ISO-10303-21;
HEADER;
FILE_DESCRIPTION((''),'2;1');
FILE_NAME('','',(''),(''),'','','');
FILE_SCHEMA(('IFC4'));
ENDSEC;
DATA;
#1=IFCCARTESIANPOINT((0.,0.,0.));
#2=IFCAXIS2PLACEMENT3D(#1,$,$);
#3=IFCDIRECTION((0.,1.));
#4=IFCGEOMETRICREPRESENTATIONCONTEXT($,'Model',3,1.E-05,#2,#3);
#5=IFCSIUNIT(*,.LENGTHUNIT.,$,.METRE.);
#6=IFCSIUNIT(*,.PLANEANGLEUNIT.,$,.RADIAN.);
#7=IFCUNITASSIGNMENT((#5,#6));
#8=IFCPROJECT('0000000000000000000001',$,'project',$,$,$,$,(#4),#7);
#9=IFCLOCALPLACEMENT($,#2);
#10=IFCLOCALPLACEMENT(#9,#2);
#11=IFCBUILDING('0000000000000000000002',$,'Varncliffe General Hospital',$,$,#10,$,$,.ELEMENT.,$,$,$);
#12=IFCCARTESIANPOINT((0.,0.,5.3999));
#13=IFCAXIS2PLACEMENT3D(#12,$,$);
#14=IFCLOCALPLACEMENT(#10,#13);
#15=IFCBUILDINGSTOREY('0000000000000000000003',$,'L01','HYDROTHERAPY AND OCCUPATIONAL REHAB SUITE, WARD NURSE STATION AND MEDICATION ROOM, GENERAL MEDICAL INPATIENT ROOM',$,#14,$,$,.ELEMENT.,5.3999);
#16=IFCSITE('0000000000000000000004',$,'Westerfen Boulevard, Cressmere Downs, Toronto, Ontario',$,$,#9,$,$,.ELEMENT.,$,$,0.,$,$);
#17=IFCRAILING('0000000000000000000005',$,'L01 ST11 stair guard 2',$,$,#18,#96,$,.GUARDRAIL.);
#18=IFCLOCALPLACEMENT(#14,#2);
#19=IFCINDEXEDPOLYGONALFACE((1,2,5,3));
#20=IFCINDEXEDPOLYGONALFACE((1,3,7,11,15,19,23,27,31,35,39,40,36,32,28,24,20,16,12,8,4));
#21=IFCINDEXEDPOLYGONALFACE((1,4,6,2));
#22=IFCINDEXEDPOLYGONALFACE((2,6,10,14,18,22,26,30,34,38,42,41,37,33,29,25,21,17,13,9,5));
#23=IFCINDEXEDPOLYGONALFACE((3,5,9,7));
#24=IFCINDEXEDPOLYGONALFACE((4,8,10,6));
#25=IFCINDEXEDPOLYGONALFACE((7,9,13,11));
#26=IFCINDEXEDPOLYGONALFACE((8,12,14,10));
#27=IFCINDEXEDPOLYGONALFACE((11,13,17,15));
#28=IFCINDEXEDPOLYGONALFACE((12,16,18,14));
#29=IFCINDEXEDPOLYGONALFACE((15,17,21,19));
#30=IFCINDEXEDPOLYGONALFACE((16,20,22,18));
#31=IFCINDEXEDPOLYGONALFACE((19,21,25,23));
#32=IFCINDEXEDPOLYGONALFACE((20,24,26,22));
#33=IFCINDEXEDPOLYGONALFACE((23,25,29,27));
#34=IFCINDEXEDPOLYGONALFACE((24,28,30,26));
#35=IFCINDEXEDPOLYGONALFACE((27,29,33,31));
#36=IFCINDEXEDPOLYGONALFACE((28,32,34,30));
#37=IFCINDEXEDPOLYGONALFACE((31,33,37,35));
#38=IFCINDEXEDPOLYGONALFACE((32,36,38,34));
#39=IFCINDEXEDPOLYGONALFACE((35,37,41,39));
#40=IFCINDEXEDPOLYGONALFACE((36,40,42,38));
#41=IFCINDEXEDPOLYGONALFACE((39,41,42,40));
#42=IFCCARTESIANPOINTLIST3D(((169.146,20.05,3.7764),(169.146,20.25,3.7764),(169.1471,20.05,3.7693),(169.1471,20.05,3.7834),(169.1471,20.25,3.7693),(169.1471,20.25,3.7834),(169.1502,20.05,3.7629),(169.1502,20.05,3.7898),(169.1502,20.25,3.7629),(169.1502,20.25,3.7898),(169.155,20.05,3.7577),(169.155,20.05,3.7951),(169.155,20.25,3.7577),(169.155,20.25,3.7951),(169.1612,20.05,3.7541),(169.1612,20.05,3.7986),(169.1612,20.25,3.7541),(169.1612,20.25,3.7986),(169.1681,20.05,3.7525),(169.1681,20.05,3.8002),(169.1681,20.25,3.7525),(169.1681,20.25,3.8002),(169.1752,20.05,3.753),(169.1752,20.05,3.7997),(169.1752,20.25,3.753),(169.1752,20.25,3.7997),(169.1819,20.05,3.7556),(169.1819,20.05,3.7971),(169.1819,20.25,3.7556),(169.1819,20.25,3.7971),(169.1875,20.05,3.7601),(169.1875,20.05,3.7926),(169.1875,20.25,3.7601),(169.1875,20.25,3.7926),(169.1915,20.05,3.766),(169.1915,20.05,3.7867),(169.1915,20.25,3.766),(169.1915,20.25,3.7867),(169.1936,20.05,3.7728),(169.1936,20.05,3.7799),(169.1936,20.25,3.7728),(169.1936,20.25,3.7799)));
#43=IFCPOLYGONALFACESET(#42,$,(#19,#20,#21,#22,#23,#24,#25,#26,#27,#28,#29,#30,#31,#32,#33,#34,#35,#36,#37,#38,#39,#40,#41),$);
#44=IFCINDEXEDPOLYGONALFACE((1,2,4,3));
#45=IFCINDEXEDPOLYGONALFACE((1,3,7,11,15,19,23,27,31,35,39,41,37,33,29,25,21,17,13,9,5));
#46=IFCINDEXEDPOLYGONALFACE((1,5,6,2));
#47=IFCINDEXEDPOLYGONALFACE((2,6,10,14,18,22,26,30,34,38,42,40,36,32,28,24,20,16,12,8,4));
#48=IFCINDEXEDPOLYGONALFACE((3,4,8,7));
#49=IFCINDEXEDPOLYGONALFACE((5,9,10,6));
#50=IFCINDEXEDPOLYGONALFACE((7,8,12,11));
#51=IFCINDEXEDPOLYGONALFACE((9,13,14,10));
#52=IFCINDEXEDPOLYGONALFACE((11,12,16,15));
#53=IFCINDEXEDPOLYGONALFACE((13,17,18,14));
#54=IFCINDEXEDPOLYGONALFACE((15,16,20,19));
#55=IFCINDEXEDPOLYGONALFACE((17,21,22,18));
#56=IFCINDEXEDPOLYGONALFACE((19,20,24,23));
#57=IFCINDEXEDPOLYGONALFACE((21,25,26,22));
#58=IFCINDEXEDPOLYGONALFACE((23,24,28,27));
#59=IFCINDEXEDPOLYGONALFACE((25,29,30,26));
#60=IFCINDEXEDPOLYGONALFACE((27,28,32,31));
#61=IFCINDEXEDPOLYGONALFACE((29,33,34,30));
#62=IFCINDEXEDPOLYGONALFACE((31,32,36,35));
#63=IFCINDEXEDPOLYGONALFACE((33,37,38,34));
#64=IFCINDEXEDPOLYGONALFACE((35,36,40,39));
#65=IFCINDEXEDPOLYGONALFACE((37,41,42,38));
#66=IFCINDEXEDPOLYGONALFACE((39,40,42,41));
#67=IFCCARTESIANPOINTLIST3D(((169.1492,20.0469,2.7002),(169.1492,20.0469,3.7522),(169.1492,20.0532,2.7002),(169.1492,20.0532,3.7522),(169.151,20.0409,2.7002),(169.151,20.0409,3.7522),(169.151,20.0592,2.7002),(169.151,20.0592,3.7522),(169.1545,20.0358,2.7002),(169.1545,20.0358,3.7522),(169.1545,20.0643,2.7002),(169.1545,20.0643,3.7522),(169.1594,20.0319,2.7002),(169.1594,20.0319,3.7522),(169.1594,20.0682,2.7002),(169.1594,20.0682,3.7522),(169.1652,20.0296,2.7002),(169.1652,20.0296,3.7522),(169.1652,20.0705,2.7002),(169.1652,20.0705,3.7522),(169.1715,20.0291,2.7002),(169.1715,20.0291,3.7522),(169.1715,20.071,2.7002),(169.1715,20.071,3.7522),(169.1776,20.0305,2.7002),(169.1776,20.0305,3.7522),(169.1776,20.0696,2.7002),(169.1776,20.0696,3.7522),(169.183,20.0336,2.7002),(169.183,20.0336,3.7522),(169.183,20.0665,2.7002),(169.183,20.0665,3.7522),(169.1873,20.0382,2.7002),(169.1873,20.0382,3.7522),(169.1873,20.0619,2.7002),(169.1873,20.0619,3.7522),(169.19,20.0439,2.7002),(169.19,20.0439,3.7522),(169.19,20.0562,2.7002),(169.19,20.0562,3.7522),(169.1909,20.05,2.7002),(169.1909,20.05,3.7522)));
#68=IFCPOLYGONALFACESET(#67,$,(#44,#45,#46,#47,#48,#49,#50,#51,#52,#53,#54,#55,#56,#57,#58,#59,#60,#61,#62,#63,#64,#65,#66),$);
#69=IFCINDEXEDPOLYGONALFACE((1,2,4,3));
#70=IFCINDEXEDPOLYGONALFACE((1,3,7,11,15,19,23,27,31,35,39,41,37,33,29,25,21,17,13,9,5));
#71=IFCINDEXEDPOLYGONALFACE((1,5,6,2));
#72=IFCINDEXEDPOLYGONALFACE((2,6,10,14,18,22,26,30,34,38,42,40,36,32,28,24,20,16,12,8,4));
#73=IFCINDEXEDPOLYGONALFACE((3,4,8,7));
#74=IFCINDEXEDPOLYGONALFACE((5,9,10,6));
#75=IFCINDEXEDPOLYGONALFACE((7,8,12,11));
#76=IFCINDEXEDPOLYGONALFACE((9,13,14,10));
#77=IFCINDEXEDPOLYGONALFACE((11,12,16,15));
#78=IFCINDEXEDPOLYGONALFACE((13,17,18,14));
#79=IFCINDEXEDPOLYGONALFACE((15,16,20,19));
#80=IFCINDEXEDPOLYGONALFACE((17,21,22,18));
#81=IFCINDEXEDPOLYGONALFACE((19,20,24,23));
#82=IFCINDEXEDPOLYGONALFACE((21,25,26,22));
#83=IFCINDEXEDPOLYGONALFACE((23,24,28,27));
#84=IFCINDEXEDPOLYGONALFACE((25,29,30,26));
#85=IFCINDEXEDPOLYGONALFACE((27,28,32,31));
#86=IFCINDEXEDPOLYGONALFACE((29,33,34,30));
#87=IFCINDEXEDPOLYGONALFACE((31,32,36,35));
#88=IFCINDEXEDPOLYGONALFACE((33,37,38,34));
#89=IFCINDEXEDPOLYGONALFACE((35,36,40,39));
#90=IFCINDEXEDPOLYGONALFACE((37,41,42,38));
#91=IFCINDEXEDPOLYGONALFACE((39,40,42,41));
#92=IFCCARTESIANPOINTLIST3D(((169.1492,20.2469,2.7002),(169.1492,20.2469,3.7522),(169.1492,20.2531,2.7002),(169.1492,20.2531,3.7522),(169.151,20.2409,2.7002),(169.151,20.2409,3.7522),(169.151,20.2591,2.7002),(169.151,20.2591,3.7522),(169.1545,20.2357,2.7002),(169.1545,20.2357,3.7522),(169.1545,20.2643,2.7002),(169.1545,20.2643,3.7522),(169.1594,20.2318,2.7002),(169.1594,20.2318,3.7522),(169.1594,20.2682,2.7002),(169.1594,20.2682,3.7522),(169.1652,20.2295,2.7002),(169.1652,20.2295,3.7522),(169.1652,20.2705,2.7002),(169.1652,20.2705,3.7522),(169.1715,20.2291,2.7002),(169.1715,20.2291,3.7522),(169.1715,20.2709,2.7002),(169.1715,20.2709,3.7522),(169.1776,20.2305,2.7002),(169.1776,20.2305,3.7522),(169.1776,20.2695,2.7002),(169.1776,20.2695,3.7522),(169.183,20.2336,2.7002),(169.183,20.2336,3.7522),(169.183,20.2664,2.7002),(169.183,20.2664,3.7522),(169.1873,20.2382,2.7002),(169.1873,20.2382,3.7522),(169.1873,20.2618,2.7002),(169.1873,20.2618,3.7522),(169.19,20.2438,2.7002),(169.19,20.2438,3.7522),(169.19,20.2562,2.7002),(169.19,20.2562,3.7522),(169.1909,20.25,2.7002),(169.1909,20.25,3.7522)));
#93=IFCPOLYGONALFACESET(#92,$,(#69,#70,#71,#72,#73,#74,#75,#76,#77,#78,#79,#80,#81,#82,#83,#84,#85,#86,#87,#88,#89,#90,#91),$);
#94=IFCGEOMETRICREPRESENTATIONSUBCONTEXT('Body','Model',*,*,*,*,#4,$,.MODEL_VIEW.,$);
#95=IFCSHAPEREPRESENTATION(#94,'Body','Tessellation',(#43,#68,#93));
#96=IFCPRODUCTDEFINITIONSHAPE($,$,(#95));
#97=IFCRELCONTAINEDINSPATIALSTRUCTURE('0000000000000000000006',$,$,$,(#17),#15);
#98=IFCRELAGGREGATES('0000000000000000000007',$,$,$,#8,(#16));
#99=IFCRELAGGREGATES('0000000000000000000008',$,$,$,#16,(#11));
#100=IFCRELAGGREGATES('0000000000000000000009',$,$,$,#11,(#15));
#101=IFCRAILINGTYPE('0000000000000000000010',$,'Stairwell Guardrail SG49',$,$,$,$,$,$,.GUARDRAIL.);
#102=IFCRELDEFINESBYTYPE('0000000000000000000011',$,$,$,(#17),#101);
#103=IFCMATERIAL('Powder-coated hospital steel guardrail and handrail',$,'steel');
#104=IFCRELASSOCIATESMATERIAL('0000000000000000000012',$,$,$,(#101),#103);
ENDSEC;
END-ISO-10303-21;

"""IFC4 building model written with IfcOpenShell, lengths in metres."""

from ifc_helpers import new_model, si_unit, direction, frame, origin, origin_2d, place, context, subcontext, project, spatial, circle, extrude, material, type_object, element, save


model = new_model("IFC4")

# Units and contexts
model_context = context("Model", 3, precision=1e-05, world=origin(), true_north=direction((0.0, 1.0)))
body_context = subcontext(model_context, "Body", "Model", "MODEL_VIEW")
ifc_project = project(units=[si_unit("LENGTHUNIT", "METRE"), si_unit("PLANEANGLEUNIT", "RADIAN")], contexts=[model_context])

# Site, building, storey
site_placement = place(None, origin())
site = spatial("IfcSite", under=ifc_project, at=site_placement, Name="Westerfen Boulevard, Cressmere Downs, Toronto, Ontario", CompositionType="ELEMENT", RefElevation=0.0)
building_placement = place(site_placement, origin())
building = spatial("IfcBuilding", under=site, at=building_placement, Name="Varncliffe General Hospital", CompositionType="ELEMENT")
storey_placement = place(building_placement, frame((0.0, 0.0, 5.3999)))
storey = spatial("IfcBuildingStorey", under=building, at=storey_placement, Name="L01", Description="HYDROTHERAPY AND OCCUPATIONAL REHAB SUITE, WARD NURSE STATION AND MEDICATION ROOM, GENERAL MEDICAL INPATIENT ROOM", CompositionType="ELEMENT", Elevation=5.3999)

# Railing
ifc_material_1 = material(Name="Powder-coated hospital steel guardrail and handrail", Category="steel")
railing_type_1 = type_object("IfcRailingType", Name="Stairwell Guardrail SG49", PredefinedType="GUARDRAIL", material=ifc_material_1)
railing_1_placement = place(storey_placement, frame((169.1699, 20.05, 2.7002)))
element("IfcRailing", 1, at=railing_1_placement, inside=storey, type_object=railing_type_1, Name="L01 ST11 stair guard 2", PredefinedType="GUARDRAIL", context=body_context, shape_type="SweptSolid", body=[
    extrude(circle(Radius=0.0239, at=origin_2d()), frame((0.0, 0.0, 1.0762), z_axis=(0.0, 1.0, 0.0), x_axis=(-1.0, 0.0, 0.0)), (0.0, 0.0, 1.0), 0.2),
    extrude(circle(Radius=0.021, at=origin_2d()), origin(), (0.0, 0.0, 1.0), 1.052),
    extrude(circle(Radius=0.021, at=origin_2d()), frame((0.0, 0.2, 0.0)), (0.0, 0.0, 1.0), 1.052),
])

save(model, "model.ifc")
